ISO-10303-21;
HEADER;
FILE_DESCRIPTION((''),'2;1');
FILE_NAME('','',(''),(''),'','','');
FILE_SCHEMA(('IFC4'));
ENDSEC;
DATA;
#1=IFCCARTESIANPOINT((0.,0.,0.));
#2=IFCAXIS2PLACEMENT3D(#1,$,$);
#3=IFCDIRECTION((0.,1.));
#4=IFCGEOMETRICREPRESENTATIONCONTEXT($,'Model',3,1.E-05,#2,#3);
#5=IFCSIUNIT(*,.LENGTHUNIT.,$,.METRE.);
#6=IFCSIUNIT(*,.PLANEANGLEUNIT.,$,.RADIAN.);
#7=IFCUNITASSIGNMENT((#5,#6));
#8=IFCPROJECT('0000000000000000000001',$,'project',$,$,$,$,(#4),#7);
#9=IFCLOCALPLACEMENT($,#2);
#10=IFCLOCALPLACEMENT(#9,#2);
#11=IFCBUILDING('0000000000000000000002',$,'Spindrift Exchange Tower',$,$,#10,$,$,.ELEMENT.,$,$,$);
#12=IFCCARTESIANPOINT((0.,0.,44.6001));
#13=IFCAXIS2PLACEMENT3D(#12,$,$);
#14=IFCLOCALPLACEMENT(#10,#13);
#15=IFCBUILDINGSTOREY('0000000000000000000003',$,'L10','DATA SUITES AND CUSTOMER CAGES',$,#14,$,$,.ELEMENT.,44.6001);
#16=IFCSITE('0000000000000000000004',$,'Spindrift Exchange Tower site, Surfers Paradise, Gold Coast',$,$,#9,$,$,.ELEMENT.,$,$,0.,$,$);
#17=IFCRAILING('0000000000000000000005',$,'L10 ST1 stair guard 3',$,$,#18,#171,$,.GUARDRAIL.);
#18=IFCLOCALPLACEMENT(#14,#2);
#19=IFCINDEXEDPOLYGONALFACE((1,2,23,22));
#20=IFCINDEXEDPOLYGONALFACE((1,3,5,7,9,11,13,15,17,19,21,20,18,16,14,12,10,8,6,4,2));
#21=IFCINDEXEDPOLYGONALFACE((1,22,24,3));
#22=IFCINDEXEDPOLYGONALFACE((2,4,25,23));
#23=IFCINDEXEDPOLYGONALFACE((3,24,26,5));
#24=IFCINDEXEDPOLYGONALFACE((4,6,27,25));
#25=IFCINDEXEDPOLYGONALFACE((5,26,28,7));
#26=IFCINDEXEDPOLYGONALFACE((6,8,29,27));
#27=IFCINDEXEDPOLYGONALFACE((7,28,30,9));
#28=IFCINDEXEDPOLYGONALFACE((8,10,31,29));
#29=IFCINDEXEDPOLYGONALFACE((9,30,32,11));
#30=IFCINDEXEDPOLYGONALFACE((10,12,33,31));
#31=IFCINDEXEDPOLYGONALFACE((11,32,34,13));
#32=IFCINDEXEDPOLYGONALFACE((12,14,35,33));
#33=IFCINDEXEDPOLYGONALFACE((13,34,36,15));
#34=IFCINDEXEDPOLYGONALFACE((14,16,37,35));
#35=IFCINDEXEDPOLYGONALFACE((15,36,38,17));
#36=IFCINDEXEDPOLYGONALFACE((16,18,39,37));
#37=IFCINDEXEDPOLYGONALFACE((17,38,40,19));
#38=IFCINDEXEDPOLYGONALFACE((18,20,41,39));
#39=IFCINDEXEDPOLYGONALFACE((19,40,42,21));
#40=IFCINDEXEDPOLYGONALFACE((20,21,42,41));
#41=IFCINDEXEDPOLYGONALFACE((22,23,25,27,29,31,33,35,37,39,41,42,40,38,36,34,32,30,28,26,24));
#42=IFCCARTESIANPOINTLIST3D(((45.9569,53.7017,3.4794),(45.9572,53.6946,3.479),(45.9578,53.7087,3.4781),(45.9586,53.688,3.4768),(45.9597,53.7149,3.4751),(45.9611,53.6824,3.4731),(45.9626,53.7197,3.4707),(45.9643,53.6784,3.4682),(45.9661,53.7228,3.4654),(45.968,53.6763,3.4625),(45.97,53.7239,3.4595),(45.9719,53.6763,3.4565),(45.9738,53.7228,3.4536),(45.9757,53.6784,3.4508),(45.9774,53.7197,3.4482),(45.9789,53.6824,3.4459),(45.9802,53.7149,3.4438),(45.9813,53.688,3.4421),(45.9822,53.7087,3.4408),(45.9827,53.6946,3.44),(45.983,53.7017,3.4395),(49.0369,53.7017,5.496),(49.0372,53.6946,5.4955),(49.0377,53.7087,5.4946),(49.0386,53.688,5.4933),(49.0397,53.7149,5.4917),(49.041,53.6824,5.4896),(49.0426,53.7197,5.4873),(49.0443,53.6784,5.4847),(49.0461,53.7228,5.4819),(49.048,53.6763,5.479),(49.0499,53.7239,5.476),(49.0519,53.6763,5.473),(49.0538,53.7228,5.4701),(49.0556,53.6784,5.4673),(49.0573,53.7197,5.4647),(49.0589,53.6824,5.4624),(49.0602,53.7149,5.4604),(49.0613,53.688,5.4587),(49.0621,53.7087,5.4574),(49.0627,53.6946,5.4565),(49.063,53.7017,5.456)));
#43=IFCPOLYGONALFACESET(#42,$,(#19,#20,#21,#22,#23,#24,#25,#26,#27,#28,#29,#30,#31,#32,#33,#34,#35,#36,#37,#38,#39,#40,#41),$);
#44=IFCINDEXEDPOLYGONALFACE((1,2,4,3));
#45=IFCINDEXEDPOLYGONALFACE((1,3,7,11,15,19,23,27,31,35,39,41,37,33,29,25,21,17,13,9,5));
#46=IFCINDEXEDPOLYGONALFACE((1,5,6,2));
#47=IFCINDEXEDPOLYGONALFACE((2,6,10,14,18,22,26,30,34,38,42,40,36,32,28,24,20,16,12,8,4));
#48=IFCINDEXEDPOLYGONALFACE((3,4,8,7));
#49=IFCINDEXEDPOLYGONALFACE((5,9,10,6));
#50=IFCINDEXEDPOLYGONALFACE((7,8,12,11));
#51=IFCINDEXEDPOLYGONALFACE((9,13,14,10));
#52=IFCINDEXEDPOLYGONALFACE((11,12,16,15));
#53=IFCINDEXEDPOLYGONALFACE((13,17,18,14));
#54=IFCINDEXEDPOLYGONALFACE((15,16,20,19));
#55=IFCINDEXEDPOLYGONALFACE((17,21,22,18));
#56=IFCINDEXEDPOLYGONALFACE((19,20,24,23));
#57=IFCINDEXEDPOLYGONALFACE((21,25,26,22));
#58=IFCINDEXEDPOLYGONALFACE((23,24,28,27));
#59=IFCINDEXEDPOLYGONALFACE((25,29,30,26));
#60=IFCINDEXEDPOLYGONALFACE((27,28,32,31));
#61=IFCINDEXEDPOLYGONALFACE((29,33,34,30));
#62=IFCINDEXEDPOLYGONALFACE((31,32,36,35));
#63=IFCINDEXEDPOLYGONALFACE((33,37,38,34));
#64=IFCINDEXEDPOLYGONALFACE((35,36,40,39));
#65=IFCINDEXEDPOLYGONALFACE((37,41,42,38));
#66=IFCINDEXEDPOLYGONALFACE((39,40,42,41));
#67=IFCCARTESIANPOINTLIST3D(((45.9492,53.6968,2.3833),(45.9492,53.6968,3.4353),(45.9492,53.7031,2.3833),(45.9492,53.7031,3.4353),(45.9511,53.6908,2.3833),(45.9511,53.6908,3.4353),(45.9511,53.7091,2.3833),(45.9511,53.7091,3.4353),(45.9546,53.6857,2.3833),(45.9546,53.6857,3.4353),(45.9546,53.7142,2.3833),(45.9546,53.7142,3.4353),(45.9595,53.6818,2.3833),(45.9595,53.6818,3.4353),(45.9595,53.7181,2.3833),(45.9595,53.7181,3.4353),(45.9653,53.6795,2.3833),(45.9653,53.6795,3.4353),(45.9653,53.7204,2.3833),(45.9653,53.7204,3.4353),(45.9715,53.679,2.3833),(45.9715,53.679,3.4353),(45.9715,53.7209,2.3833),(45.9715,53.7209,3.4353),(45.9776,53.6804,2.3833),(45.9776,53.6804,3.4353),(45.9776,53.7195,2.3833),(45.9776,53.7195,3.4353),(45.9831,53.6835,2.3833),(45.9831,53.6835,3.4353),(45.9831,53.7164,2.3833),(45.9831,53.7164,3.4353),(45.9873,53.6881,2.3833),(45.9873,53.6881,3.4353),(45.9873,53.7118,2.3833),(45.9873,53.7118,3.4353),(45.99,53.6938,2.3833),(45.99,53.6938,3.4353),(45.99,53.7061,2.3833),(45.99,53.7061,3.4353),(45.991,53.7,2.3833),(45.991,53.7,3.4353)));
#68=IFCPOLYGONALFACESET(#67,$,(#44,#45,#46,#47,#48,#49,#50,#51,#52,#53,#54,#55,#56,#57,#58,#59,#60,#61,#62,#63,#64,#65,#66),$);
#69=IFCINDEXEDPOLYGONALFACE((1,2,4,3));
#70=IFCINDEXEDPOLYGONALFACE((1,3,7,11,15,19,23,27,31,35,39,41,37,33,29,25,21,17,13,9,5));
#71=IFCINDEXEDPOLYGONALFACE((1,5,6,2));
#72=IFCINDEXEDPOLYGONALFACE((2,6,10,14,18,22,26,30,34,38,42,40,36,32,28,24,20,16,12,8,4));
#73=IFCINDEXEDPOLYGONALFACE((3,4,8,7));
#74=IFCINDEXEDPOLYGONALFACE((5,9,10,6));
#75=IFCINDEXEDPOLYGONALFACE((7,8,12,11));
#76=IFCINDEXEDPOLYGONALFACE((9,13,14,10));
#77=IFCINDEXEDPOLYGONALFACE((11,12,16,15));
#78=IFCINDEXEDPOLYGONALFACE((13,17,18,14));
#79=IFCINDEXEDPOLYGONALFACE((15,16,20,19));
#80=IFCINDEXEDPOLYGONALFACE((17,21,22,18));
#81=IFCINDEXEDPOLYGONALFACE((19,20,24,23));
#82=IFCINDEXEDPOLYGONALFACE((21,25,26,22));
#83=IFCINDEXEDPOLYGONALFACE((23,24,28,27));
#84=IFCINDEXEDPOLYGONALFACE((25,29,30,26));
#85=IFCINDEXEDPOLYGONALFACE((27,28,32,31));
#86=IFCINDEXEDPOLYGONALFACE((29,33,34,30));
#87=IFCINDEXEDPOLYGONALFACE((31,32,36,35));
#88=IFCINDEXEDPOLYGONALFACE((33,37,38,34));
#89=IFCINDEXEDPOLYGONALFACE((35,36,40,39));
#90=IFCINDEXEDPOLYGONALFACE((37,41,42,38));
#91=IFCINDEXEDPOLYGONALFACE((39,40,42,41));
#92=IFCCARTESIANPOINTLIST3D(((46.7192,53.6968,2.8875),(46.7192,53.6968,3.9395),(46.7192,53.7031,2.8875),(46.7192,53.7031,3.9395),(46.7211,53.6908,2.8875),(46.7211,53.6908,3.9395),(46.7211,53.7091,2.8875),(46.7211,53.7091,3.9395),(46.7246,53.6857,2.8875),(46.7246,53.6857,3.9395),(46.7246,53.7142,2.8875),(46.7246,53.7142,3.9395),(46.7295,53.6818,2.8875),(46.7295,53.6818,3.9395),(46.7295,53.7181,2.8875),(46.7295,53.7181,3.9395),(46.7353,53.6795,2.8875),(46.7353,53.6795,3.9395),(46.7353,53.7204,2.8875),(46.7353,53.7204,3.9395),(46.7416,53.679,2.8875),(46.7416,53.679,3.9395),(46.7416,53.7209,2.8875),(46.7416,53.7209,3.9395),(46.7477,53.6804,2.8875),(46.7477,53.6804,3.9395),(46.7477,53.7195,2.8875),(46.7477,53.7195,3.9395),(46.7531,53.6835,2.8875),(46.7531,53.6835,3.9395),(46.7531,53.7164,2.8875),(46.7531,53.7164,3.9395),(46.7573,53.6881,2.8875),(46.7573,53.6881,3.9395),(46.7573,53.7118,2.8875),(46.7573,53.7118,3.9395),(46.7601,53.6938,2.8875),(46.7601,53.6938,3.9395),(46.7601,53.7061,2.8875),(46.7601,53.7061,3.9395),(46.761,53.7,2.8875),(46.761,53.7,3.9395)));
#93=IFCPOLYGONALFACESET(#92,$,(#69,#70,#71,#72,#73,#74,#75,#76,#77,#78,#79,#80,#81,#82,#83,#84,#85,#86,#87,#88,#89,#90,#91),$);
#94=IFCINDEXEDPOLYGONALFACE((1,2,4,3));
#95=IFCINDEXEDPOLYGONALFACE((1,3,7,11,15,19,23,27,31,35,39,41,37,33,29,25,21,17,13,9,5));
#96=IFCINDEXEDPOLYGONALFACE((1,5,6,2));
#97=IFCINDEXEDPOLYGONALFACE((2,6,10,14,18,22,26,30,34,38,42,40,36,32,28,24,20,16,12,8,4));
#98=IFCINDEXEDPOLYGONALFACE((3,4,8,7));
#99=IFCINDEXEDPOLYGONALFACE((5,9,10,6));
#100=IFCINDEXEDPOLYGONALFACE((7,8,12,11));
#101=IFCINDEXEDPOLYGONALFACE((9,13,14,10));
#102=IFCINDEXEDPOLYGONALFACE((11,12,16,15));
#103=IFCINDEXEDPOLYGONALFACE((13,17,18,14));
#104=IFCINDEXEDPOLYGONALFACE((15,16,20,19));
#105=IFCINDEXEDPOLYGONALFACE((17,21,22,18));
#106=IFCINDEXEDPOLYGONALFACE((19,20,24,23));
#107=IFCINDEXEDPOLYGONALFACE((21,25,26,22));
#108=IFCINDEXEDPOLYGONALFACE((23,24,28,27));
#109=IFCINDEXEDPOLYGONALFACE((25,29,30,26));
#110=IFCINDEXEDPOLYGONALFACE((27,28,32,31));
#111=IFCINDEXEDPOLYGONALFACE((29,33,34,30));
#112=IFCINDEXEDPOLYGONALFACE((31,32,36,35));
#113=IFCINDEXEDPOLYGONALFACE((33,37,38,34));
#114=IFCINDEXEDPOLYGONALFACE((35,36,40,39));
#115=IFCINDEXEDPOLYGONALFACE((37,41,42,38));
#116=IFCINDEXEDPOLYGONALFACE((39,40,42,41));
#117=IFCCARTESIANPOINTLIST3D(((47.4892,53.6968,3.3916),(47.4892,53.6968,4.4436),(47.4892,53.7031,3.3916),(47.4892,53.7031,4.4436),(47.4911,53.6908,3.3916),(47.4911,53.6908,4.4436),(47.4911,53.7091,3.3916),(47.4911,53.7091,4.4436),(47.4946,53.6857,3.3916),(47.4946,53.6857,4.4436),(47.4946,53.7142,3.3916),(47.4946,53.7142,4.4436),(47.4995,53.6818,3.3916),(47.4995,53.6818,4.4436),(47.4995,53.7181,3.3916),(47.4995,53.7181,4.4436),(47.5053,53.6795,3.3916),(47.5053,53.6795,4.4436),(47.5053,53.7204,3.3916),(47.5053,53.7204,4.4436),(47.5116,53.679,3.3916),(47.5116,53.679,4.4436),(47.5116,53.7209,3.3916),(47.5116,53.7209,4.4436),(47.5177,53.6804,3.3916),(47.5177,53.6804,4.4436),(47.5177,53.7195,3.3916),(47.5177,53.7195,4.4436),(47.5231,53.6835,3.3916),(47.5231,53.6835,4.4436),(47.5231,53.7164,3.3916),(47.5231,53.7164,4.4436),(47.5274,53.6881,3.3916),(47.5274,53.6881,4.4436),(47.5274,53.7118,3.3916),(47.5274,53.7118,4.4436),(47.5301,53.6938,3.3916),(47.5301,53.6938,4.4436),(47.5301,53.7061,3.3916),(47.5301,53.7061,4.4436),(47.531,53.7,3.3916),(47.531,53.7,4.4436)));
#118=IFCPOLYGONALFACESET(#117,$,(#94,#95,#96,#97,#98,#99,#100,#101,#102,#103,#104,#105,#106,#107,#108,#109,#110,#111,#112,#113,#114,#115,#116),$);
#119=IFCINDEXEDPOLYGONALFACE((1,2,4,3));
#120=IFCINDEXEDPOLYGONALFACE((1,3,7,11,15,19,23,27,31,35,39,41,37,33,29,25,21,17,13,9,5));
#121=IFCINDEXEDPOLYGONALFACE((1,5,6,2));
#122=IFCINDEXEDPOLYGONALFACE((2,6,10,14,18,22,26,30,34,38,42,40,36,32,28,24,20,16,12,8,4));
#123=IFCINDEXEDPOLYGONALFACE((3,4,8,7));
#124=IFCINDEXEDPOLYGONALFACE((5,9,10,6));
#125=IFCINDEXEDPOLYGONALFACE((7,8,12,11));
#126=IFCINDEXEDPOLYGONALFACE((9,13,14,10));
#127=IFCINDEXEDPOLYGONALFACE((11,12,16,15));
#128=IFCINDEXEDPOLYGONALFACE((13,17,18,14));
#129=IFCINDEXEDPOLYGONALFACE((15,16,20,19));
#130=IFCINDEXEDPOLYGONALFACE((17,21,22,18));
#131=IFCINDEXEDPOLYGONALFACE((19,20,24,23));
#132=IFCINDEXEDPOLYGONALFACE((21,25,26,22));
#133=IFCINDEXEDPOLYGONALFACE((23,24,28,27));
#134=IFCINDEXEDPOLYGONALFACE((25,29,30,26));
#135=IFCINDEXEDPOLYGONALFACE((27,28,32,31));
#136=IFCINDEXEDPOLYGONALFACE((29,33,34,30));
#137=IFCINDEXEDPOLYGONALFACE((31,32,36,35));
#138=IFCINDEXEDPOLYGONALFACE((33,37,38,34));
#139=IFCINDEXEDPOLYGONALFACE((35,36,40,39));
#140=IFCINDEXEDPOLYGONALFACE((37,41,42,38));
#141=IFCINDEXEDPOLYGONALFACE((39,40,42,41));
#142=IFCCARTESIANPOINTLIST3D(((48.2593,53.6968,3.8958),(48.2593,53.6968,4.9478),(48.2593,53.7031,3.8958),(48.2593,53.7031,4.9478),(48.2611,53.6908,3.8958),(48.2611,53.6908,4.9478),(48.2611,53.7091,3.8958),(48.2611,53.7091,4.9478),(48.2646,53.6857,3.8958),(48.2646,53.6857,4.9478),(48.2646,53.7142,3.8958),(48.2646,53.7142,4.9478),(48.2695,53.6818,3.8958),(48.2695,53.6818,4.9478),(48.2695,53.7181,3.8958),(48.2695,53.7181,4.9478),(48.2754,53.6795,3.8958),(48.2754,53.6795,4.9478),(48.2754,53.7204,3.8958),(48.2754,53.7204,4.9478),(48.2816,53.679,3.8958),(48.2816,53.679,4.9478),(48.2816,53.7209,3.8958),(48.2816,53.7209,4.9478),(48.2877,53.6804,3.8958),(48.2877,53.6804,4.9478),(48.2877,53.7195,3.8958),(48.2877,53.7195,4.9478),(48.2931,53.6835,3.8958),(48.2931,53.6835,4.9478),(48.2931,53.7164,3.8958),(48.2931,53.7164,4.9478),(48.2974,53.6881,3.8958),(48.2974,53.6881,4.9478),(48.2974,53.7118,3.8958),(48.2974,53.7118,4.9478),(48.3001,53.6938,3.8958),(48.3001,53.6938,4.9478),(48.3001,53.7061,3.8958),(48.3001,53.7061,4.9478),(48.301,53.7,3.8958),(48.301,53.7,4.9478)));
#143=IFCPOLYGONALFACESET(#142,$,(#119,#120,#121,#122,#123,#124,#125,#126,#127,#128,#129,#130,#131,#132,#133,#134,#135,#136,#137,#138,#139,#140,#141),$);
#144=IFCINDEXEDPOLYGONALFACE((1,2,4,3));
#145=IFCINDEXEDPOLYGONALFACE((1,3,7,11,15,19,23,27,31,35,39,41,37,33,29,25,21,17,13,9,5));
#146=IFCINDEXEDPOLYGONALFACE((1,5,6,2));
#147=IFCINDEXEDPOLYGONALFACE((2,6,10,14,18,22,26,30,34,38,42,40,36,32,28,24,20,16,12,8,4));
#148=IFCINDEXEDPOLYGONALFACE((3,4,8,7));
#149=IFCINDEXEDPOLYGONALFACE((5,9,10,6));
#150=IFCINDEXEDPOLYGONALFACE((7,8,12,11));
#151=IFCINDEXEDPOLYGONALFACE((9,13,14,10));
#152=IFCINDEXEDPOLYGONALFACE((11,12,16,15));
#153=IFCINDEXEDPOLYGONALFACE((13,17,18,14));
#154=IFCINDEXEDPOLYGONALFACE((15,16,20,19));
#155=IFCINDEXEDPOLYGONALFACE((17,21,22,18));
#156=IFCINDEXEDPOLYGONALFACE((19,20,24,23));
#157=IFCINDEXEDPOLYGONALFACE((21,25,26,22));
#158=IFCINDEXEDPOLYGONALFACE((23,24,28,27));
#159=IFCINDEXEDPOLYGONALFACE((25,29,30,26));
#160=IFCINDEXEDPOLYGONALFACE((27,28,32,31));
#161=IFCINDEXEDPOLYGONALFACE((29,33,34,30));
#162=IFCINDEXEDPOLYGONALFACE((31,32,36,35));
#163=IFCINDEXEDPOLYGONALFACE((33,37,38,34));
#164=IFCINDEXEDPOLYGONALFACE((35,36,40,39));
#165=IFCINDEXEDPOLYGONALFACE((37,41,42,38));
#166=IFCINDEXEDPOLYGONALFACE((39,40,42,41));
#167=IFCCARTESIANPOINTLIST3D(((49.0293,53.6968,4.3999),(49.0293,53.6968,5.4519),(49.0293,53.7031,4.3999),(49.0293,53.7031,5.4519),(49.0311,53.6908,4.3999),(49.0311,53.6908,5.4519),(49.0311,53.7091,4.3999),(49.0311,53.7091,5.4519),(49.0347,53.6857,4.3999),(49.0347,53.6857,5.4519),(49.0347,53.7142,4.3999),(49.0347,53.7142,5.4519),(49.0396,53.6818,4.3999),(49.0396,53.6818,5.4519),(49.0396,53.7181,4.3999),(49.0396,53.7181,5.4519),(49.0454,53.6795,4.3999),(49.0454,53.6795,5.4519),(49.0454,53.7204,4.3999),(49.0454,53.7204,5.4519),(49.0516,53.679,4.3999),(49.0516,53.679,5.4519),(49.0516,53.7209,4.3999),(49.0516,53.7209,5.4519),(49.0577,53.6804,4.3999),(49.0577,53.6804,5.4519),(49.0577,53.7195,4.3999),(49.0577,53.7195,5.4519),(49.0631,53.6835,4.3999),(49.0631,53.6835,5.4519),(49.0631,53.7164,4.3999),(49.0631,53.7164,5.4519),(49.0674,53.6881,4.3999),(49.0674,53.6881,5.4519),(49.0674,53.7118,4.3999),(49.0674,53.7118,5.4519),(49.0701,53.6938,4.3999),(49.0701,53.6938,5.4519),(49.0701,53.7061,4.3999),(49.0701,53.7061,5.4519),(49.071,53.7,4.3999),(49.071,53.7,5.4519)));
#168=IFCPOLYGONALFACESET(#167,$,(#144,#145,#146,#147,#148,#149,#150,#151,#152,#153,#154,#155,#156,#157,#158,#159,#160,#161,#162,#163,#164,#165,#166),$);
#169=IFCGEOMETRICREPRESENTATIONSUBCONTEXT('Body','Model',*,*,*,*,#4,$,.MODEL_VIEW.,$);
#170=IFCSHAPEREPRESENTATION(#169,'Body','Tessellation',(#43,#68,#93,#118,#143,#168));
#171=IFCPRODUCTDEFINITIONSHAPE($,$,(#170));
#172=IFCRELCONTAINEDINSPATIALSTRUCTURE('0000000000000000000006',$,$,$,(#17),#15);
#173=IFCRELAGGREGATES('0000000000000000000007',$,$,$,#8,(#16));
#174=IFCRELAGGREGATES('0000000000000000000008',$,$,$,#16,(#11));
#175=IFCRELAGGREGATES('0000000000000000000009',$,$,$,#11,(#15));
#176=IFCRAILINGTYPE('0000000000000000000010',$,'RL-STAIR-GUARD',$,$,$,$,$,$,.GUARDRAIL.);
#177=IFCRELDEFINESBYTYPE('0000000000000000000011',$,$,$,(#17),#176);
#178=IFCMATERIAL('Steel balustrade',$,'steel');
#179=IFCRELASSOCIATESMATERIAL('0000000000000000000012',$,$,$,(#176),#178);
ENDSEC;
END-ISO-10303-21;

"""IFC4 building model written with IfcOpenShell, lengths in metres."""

from ifc_helpers import new_model, si_unit, direction, frame, origin, origin_2d, place, context, subcontext, project, spatial, circle, extrude, material, type_object, element, save


model = new_model("IFC4")

# Units and contexts
model_context = context("Model", 3, precision=1e-05, world=origin(), true_north=direction((0.0, 1.0)))
body_context = subcontext(model_context, "Body", "Model", "MODEL_VIEW")
ifc_project = project(units=[si_unit("LENGTHUNIT", "METRE"), si_unit("PLANEANGLEUNIT", "RADIAN")], contexts=[model_context])

# Site, building, storey
site_placement = place(None, origin())
site = spatial("IfcSite", under=ifc_project, at=site_placement, Name="Spindrift Exchange Tower site, Surfers Paradise, Gold Coast", CompositionType="ELEMENT", RefElevation=0.0)
building_placement = place(site_placement, origin())
building = spatial("IfcBuilding", under=site, at=building_placement, Name="Spindrift Exchange Tower", CompositionType="ELEMENT")
storey_placement = place(building_placement, frame((0.0, 0.0, 44.6001)))
storey = spatial("IfcBuildingStorey", under=building, at=storey_placement, Name="L10", Description="DATA SUITES AND CUSTOMER CAGES", CompositionType="ELEMENT", Elevation=44.6001)

# Railing
ifc_material_1 = material(Name="Steel balustrade", Category="steel")
railing_type_1 = type_object("IfcRailingType", Name="RL-STAIR-GUARD", PredefinedType="GUARDRAIL", material=ifc_material_1)
railing_1_placement = place(storey_placement, frame((45.97, 53.7, 2.3833)))
element("IfcRailing", 1, at=railing_1_placement, inside=storey, type_object=railing_type_1, Name="L10 ST1 stair guard 3", PredefinedType="GUARDRAIL", context=body_context, shape_type="SweptSolid", body=[
    extrude(circle(Radius=0.0239, at=origin_2d()), frame((0.0, 0.0, 1.0762), z_axis=(0.836633, 0.0, 0.547764), x_axis=(0.0, 1.0, 0.0)), (0.0, 0.0, 1.0), 3.6814),
    extrude(circle(Radius=0.021, at=origin_2d()), origin(), (0.0, 0.0, 1.0), 1.052),
    extrude(circle(Radius=0.021, at=origin_2d()), frame((0.77, 0.0, 0.5042)), (0.0, 0.0, 1.0), 1.052),
    extrude(circle(Radius=0.021, at=origin_2d()), frame((1.54, 0.0, 1.0083)), (0.0, 0.0, 1.0), 1.052),
    extrude(circle(Radius=0.021, at=origin_2d()), frame((2.3101, 0.0, 1.5125)), (0.0, 0.0, 1.0), 1.052),
    extrude(circle(Radius=0.021, at=origin_2d()), frame((3.0801, 0.0, 2.0166)), (0.0, 0.0, 1.0), 1.052),
])

save(model, "model.ifc")
